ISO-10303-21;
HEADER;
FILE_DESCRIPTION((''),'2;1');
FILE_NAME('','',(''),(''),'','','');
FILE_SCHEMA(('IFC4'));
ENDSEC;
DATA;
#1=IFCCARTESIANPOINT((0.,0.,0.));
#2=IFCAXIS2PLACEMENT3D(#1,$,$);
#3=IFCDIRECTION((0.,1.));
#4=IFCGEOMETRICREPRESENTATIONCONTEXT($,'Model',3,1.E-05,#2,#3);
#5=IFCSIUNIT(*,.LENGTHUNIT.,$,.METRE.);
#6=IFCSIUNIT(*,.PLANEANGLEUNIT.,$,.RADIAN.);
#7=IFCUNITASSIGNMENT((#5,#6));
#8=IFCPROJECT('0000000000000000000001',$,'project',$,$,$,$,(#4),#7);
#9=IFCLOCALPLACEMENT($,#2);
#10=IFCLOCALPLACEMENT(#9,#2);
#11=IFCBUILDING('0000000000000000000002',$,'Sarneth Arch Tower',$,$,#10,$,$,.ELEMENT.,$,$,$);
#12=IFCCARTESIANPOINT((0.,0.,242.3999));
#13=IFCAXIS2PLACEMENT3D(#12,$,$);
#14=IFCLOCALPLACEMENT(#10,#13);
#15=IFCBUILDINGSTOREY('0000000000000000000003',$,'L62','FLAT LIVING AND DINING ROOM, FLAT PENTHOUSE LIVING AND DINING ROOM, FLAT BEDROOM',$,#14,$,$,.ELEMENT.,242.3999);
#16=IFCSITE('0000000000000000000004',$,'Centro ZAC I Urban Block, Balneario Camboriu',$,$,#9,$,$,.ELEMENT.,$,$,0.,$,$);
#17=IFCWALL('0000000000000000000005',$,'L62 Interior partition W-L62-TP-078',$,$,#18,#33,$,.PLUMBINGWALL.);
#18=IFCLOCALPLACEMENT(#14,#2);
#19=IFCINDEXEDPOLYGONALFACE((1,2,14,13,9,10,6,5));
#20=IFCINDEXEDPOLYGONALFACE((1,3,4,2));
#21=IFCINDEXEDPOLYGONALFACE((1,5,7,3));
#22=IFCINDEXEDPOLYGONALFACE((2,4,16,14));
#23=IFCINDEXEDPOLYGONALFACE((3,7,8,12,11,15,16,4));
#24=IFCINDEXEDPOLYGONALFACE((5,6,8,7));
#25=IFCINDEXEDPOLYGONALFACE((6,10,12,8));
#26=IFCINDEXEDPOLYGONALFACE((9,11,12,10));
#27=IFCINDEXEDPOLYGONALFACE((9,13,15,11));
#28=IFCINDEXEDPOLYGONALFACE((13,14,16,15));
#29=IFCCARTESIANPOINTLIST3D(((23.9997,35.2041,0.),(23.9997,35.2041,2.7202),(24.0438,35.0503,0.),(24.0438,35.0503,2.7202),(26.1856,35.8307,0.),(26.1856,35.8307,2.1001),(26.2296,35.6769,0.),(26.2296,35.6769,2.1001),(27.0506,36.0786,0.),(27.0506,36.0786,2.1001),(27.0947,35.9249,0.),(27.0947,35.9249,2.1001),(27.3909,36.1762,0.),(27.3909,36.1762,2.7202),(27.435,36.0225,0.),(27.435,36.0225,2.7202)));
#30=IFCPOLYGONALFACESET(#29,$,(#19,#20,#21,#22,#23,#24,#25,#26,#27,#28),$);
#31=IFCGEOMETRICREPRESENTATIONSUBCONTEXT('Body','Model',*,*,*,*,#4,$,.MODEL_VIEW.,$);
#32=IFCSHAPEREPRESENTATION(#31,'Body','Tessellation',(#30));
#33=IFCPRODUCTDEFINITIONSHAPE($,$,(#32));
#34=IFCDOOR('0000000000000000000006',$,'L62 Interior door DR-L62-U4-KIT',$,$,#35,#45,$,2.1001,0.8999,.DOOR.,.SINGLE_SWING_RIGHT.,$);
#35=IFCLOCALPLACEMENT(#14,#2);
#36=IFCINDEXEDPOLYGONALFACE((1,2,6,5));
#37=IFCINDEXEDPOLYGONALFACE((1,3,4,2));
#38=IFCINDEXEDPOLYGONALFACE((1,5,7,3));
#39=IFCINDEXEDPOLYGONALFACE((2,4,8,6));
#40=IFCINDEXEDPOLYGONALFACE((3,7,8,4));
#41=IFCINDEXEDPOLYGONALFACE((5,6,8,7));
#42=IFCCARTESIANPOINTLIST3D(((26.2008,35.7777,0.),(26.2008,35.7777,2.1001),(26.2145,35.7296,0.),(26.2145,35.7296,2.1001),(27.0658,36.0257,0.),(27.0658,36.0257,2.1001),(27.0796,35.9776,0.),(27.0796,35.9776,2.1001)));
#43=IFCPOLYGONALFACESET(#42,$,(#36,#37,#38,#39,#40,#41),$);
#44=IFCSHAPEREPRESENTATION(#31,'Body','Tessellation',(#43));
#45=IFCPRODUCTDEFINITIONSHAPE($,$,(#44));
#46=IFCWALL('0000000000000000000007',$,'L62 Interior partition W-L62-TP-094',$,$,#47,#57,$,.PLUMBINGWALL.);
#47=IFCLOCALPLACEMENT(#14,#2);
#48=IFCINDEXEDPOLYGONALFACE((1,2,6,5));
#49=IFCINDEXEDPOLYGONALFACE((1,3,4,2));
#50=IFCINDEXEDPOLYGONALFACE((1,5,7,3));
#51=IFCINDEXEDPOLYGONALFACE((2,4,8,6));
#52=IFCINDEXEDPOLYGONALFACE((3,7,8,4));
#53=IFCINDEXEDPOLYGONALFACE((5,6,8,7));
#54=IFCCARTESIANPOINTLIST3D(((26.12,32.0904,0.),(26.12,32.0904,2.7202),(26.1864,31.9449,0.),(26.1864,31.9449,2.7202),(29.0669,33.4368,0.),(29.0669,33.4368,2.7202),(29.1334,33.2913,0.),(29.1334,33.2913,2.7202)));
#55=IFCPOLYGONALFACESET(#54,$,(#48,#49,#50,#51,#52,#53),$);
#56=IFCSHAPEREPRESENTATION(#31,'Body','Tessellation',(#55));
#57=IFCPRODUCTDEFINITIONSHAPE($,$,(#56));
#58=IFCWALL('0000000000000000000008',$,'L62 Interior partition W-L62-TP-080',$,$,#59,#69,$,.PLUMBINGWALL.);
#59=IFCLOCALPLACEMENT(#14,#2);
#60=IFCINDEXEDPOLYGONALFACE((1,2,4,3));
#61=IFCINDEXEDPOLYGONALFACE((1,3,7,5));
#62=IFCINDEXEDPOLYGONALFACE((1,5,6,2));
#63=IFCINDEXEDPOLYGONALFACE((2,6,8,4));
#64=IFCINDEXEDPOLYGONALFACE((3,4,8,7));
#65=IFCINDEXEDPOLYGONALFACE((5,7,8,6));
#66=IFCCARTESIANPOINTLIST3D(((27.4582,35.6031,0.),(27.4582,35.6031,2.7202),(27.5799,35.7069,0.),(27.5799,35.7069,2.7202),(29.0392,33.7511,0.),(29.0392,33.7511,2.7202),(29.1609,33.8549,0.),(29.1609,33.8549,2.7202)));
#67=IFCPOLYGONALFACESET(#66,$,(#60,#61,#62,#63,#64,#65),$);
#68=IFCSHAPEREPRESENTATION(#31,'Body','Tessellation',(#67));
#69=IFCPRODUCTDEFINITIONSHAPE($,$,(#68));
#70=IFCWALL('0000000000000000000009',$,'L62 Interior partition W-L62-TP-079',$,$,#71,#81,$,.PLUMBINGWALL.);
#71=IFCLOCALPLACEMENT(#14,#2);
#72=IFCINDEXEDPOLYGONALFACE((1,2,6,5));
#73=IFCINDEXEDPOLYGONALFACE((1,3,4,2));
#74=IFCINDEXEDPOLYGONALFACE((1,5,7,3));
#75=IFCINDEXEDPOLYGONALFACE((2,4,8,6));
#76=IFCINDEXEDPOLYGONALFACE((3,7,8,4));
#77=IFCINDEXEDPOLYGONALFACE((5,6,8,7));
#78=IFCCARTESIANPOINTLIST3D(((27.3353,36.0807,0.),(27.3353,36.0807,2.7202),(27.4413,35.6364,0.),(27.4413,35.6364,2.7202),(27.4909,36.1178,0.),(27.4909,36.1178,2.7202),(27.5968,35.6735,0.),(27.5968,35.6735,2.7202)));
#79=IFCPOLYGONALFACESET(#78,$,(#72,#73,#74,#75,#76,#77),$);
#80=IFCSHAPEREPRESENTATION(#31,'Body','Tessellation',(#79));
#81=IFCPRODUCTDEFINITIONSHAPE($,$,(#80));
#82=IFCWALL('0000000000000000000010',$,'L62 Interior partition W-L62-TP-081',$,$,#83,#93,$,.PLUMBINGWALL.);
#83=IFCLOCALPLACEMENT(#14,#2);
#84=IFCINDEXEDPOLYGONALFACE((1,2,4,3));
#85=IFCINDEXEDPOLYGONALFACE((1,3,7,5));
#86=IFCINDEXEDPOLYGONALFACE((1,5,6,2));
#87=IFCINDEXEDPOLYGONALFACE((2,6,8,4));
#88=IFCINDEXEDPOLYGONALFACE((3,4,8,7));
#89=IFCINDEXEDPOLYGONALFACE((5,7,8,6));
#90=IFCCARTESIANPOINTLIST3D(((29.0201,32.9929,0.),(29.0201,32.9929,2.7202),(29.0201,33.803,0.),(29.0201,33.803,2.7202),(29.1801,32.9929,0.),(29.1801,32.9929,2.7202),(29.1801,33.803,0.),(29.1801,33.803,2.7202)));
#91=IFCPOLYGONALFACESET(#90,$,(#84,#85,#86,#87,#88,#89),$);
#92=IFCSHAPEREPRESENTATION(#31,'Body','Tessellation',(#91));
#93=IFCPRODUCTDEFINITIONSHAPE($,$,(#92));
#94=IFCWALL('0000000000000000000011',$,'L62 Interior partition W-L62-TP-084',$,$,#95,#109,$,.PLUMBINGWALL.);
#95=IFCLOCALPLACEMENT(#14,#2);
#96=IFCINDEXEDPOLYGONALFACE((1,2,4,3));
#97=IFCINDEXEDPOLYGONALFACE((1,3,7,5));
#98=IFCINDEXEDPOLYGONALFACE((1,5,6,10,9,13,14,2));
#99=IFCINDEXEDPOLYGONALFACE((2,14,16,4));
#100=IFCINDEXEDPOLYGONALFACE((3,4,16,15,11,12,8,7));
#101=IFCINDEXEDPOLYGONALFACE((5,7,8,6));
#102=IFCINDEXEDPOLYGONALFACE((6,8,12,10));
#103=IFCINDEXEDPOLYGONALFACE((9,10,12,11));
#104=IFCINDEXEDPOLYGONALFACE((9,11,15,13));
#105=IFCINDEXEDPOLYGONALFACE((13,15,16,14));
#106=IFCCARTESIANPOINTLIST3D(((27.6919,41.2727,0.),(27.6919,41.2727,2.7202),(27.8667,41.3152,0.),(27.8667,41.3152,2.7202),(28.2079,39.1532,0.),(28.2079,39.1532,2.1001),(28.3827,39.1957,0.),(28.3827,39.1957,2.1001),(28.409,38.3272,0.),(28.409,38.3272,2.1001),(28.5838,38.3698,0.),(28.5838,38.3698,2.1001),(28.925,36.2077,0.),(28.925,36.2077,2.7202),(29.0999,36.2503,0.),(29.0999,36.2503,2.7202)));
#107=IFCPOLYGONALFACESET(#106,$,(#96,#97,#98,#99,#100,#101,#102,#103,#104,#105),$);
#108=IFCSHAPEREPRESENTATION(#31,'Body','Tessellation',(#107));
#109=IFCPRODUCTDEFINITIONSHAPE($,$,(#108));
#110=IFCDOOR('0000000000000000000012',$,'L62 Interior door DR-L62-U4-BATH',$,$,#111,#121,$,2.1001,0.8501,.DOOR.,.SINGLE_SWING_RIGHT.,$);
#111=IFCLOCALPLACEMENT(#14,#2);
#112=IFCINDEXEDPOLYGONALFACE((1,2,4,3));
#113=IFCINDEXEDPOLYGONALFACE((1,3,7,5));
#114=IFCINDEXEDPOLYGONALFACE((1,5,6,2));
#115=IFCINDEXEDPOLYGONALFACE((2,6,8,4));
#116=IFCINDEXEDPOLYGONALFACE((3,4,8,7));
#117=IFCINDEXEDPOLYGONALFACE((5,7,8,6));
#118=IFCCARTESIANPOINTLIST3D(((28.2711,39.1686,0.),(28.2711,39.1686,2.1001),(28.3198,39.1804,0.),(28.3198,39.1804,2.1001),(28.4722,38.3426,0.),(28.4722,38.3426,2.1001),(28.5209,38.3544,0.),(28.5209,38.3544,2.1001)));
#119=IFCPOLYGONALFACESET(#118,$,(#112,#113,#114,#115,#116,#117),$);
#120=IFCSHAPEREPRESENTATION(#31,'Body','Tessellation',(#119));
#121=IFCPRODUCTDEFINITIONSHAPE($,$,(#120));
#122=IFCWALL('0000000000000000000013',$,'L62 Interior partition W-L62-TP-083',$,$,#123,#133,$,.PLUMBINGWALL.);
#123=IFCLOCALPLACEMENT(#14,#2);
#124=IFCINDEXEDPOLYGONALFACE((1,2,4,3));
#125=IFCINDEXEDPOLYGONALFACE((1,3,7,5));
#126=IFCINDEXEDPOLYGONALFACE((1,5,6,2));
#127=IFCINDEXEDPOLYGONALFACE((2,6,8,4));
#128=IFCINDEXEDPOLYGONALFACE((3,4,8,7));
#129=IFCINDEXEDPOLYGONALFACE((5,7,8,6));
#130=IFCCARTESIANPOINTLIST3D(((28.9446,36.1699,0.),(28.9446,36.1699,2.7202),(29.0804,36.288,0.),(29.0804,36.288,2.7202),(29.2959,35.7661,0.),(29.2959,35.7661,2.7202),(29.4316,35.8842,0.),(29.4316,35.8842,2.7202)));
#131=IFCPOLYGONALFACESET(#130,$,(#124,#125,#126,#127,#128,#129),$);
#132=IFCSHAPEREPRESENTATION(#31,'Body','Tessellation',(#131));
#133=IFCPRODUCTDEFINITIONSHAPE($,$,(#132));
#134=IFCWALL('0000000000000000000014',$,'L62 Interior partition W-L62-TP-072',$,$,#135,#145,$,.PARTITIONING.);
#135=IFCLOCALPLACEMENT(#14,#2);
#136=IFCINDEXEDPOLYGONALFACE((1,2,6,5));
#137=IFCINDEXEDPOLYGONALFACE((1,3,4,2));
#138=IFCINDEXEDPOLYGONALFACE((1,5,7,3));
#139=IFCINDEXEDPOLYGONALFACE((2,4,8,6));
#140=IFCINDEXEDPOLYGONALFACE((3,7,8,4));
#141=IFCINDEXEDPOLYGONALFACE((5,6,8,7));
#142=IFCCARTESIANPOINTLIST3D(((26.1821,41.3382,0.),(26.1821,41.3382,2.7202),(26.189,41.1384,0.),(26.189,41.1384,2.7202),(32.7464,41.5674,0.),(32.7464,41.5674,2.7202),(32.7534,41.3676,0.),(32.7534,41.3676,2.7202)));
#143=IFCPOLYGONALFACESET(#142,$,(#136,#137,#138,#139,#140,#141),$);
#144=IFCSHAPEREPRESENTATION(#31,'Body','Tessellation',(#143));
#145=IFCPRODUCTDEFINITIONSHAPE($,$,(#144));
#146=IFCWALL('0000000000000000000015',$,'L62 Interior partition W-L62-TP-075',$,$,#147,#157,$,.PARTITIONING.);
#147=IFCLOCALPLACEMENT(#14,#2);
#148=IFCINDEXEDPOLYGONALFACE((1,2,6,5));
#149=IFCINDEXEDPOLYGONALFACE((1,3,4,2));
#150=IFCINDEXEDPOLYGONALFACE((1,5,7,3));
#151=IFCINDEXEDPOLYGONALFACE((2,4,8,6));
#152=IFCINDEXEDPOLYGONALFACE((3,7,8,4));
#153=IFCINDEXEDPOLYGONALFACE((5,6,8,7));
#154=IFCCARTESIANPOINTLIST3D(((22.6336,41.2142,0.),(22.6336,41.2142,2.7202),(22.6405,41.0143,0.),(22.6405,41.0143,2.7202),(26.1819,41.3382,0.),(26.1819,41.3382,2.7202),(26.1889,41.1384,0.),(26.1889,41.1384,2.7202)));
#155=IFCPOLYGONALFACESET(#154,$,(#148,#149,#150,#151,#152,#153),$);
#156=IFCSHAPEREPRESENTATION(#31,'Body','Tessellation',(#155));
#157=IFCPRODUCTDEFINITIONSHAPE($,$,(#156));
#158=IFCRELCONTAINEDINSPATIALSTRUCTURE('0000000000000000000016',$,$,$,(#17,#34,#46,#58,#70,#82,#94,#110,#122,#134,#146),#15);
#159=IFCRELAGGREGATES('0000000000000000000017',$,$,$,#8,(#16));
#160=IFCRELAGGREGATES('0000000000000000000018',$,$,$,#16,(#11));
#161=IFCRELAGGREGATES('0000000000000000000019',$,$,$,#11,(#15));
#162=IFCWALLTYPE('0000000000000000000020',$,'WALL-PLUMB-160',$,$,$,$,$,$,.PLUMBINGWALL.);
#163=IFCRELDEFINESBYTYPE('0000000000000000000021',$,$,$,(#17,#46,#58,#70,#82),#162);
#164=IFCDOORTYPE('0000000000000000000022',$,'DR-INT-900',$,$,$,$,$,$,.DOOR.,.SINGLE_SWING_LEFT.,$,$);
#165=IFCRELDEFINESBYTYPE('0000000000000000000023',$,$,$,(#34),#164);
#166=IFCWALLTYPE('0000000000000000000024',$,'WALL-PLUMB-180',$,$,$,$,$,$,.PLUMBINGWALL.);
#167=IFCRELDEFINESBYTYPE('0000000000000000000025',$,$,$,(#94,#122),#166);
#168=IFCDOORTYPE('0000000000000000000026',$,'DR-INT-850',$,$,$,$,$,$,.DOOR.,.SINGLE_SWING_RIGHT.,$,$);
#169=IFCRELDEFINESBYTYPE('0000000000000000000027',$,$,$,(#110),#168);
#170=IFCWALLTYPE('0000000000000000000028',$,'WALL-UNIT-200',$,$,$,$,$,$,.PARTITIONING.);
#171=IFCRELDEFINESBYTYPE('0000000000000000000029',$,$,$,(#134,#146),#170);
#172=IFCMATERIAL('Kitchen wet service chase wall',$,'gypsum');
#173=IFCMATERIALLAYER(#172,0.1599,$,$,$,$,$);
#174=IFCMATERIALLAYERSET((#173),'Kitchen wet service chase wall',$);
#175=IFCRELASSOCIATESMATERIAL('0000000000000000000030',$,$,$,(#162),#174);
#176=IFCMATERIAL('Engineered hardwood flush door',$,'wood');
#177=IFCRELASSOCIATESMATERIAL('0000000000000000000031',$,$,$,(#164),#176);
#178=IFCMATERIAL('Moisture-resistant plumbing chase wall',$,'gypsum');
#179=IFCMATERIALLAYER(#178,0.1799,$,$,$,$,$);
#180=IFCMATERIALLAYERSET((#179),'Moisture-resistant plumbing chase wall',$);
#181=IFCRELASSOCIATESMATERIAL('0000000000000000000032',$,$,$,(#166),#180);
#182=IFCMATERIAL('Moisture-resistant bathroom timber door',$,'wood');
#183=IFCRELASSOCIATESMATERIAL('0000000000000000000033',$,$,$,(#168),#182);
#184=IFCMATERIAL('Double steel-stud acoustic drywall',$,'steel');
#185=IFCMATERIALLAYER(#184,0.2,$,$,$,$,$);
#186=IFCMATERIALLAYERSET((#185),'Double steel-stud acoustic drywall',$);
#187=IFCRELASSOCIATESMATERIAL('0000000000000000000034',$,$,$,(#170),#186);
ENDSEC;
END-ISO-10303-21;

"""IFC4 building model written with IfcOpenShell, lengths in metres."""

from ifc_helpers import new_model, si_unit, direction, frame, frame_2d, origin, place, context, subcontext, project, spatial, rectangle, extrude, material, layer, layer_set, type_object, element, fill, save


model = new_model("IFC4")

# Units and contexts
model_context = context("Model", 3, precision=1e-05, world=origin(), true_north=direction((0.0, 1.0)))
body_context = subcontext(model_context, "Body", "Model", "MODEL_VIEW")
ifc_project = project(units=[si_unit("LENGTHUNIT", "METRE"), si_unit("PLANEANGLEUNIT", "RADIAN")], contexts=[model_context])

# Site, building, storey
site_placement = place(None, origin())
site = spatial("IfcSite", under=ifc_project, at=site_placement, Name="Centro ZAC I Urban Block, Balneario Camboriu", CompositionType="ELEMENT", RefElevation=0.0)
building_placement = place(site_placement, origin())
building = spatial("IfcBuilding", under=site, at=building_placement, Name="Sarneth Arch Tower", CompositionType="ELEMENT")
storey_placement = place(building_placement, frame((0.0, 0.0, 242.3999)))
storey = spatial("IfcBuildingStorey", under=building, at=storey_placement, Name="L62", Description="FLAT LIVING AND DINING ROOM, FLAT PENTHOUSE LIVING AND DINING ROOM, FLAT BEDROOM", CompositionType="ELEMENT", Elevation=242.3999)

# Wall, opening, door
ifc_material_1 = material(Name="Kitchen wet service chase wall", Category="gypsum")
ifc_layer_1 = layer(ifc_material_1, 0.1599)
ifc_layer_set_1 = layer_set([ifc_layer_1], Name="Kitchen wet service chase wall")
wall_type_1 = type_object("IfcWallType", Name="WALL-PLUMB-160", PredefinedType="PLUMBINGWALL", material=ifc_layer_set_1)
wall_1_placement = place(storey_placement, frame((24.0217, 35.1272, 0.0), z_axis=(0.0, 0.0, 1.0), x_axis=(0.961283, 0.275562, 0.0)))
wall_1 = element("IfcWall", 1, at=wall_1_placement, inside=storey, type_object=wall_type_1, Name="L62 Interior partition W-L62-TP-078", PredefinedType="PLUMBINGWALL", context=body_context, shape_type="SweptSolid", body=[
    extrude(rectangle(XDim=3.5278, YDim=0.1599, at=frame_2d((1.7639, 0.0))), origin(), (0.0, 0.0, 1.0), 2.7202),
])
opening_1_placement = place(wall_1_placement, frame((2.2739, 0.0, 0.0)))
opening_1 = element("IfcOpeningElement", 2, at=opening_1_placement, cuts=wall_1, PredefinedType="OPENING", context=body_context, shape_type="SweptSolid", body=[
    extrude(rectangle(XDim=0.8999, YDim=2.1001, at=frame_2d((0.45, 1.05))), frame((0.0, 0.0898, 0.0), z_axis=(0.0, -1.0, 0.0), x_axis=(1.0, 0.0, 0.0)), (0.0, 0.0, 1.0), 0.1799),
])
ifc_material_2 = material(Name="Engineered hardwood flush door", Category="wood")
door_type_1 = type_object("IfcDoorType", Name="DR-INT-900", OperationType="SINGLE_SWING_LEFT", PredefinedType="DOOR", material=ifc_material_2)
door_1_placement = place(opening_1_placement, origin())
door_1 = element("IfcDoor", 3, at=door_1_placement, inside=storey, type_object=door_type_1, Name="L62 Interior door DR-L62-U4-KIT", OperationType="SINGLE_SWING_RIGHT", OverallHeight=2.1001, OverallWidth=0.8999, PredefinedType="DOOR", context=body_context, shape_type="SweptSolid", body=[
    extrude(rectangle(XDim=0.8999, YDim=2.1001, at=frame_2d((0.45, 1.05))), frame((0.0, 0.0249, 0.0), z_axis=(0.0, -1.0, 0.0), x_axis=(1.0, 0.0, 0.0)), (0.0, 0.0, 1.0), 0.05),
])
fill(opening_1, door_1)

# Walls
wall_2_placement = place(storey_placement, frame((26.1531, 32.0176, 0.0), z_axis=(0.0, 0.0, 1.0), x_axis=(0.909565, 0.415562, 0.0)))
element("IfcWall", 4, at=wall_2_placement, inside=storey, type_object=wall_type_1, Name="L62 Interior partition W-L62-TP-094", PredefinedType="PLUMBINGWALL", context=body_context, shape_type="SweptSolid", body=[
    extrude(rectangle(XDim=3.24, YDim=0.1599, at=frame_2d((1.6201, 0.0))), origin(), (0.0, 0.0, 1.0), 2.7202),
])
wall_3_placement = place(storey_placement, frame((27.519, 35.655, 0.0), z_axis=(0.0, 0.0, 1.0), x_axis=(0.649271, -0.760557, 0.0)))
element("IfcWall", 5, at=wall_3_placement, inside=storey, type_object=wall_type_1, Name="L62 Interior partition W-L62-TP-080", PredefinedType="PLUMBINGWALL", context=body_context, shape_type="SweptSolid", body=[
    extrude(rectangle(XDim=2.4351, YDim=0.1599, at=frame_2d((1.2175, 0.0))), origin(), (0.0, 0.0, 1.0), 2.7202),
])
wall_4_placement = place(storey_placement, frame((27.4131, 36.0994, 0.0), z_axis=(0.0, 0.0, 1.0), x_axis=(0.231958, -0.972726, 0.0)))
element("IfcWall", 6, at=wall_4_placement, inside=storey, type_object=wall_type_1, Name="L62 Interior partition W-L62-TP-079", PredefinedType="PLUMBINGWALL", context=body_context, shape_type="SweptSolid", body=[
    extrude(rectangle(XDim=0.4568, YDim=0.1599, at=frame_2d((0.2285, 0.0))), origin(), (0.0, 0.0, 1.0), 2.7202),
])
wall_5_placement = place(storey_placement, frame((29.1001, 33.803, 0.0), z_axis=(0.0, 0.0, 1.0), x_axis=(0.0, -1.0, 0.0)))
element("IfcWall", 7, at=wall_5_placement, inside=storey, type_object=wall_type_1, Name="L62 Interior partition W-L62-TP-081", PredefinedType="PLUMBINGWALL", context=body_context, shape_type="SweptSolid", body=[
    extrude(rectangle(XDim=0.8101, YDim=0.1599, at=frame_2d((0.405, 0.0))), origin(), (0.0, 0.0, 1.0), 2.7202),
])

# Wall, opening, door
ifc_material_3 = material(Name="Moisture-resistant plumbing chase wall", Category="gypsum")
ifc_layer_2 = layer(ifc_material_3, 0.1799)
ifc_layer_set_2 = layer_set([ifc_layer_2], Name="Moisture-resistant plumbing chase wall")
wall_type_2 = type_object("IfcWallType", Name="WALL-PLUMB-180", PredefinedType="PLUMBINGWALL", material=ifc_layer_set_2)
wall_6_placement = place(storey_placement, frame((29.0125, 36.229, 0.0), z_axis=(0.0, 0.0, 1.0), x_axis=(-0.236558, 0.971617, 0.0)))
wall_6 = element("IfcWall", 8, at=wall_6_placement, inside=storey, type_object=wall_type_2, Name="L62 Interior partition W-L62-TP-084", PredefinedType="PLUMBINGWALL", context=body_context, shape_type="SweptSolid", body=[
    extrude(rectangle(XDim=5.2129, YDim=0.1799, at=frame_2d((2.6064, 0.0))), origin(), (0.0, 0.0, 1.0), 2.7202),
])
opening_2_placement = place(wall_6_placement, frame((2.1814, 0.0, 0.0)))
opening_2 = element("IfcOpeningElement", 9, at=opening_2_placement, cuts=wall_6, PredefinedType="OPENING", context=body_context, shape_type="SweptSolid", body=[
    extrude(rectangle(XDim=0.8501, YDim=2.1001, at=frame_2d((0.425, 1.05))), frame((0.0, 0.0999, 0.0), z_axis=(0.0, -1.0, 0.0), x_axis=(1.0, 0.0, 0.0)), (0.0, 0.0, 1.0), 0.2),
])
ifc_material_4 = material(Name="Moisture-resistant bathroom timber door", Category="wood")
door_type_2 = type_object("IfcDoorType", Name="DR-INT-850", OperationType="SINGLE_SWING_RIGHT", PredefinedType="DOOR", material=ifc_material_4)
door_2_placement = place(opening_2_placement, origin())
door_2 = element("IfcDoor", 10, at=door_2_placement, inside=storey, type_object=door_type_2, Name="L62 Interior door DR-L62-U4-BATH", OperationType="SINGLE_SWING_RIGHT", OverallHeight=2.1001, OverallWidth=0.8501, PredefinedType="DOOR", context=body_context, shape_type="SweptSolid", body=[
    extrude(rectangle(XDim=0.8501, YDim=2.1001, at=frame_2d((0.425, 1.05))), frame((0.0, 0.0249, 0.0), z_axis=(0.0, -1.0, 0.0), x_axis=(1.0, 0.0, 0.0)), (0.0, 0.0, 1.0), 0.05),
])
fill(opening_2, door_2)

# Walls
wall_7_placement = place(storey_placement, frame((29.3638, 35.8252, 0.0), z_axis=(0.0, 0.0, 1.0), x_axis=(-0.656371, 0.754439, 0.0)))
element("IfcWall", 11, at=wall_7_placement, inside=storey, type_object=wall_type_2, Name="L62 Interior partition W-L62-TP-083", PredefinedType="PLUMBINGWALL", context=body_context, shape_type="SweptSolid", body=[
    extrude(rectangle(XDim=0.5352, YDim=0.1799, at=frame_2d((0.2676, 0.0))), origin(), (0.0, 0.0, 1.0), 2.7202),
])
ifc_material_5 = material(Name="Double steel-stud acoustic drywall", Category="steel")
ifc_layer_3 = layer(ifc_material_5, 0.2)
ifc_layer_set_3 = layer_set([ifc_layer_3], Name="Double steel-stud acoustic drywall")
wall_type_3 = type_object("IfcWallType", Name="WALL-UNIT-200", PredefinedType="PARTITIONING", material=ifc_layer_set_3)
wall_8_placement = place(storey_placement, frame((26.1855, 41.2383, 0.0), z_axis=(0.0, 0.0, 1.0), x_axis=(0.999391, 0.034901, 0.0)))
element("IfcWall", 12, at=wall_8_placement, inside=storey, type_object=wall_type_3, Name="L62 Interior partition W-L62-TP-072", PredefinedType="PARTITIONING", context=body_context, shape_type="SweptSolid", body=[
    extrude(rectangle(XDim=6.5684, YDim=0.2, at=frame_2d((3.2842, 0.0))), origin(), (0.0, 0.0, 1.0), 2.7202),
])
wall_9_placement = place(storey_placement, frame((26.1855, 41.2383, 0.0), z_axis=(0.0, 0.0, 1.0), x_axis=(-0.99939, -0.034931, 0.0)))
element("IfcWall", 13, at=wall_9_placement, inside=storey, type_object=wall_type_3, Name="L62 Interior partition W-L62-TP-075", PredefinedType="PARTITIONING", context=body_context, shape_type="SweptSolid", body=[
    extrude(rectangle(XDim=3.5505, YDim=0.2, at=frame_2d((1.7754, 0.0))), origin(), (0.0, 0.0, 1.0), 2.7202),
])

save(model, "model.ifc")
